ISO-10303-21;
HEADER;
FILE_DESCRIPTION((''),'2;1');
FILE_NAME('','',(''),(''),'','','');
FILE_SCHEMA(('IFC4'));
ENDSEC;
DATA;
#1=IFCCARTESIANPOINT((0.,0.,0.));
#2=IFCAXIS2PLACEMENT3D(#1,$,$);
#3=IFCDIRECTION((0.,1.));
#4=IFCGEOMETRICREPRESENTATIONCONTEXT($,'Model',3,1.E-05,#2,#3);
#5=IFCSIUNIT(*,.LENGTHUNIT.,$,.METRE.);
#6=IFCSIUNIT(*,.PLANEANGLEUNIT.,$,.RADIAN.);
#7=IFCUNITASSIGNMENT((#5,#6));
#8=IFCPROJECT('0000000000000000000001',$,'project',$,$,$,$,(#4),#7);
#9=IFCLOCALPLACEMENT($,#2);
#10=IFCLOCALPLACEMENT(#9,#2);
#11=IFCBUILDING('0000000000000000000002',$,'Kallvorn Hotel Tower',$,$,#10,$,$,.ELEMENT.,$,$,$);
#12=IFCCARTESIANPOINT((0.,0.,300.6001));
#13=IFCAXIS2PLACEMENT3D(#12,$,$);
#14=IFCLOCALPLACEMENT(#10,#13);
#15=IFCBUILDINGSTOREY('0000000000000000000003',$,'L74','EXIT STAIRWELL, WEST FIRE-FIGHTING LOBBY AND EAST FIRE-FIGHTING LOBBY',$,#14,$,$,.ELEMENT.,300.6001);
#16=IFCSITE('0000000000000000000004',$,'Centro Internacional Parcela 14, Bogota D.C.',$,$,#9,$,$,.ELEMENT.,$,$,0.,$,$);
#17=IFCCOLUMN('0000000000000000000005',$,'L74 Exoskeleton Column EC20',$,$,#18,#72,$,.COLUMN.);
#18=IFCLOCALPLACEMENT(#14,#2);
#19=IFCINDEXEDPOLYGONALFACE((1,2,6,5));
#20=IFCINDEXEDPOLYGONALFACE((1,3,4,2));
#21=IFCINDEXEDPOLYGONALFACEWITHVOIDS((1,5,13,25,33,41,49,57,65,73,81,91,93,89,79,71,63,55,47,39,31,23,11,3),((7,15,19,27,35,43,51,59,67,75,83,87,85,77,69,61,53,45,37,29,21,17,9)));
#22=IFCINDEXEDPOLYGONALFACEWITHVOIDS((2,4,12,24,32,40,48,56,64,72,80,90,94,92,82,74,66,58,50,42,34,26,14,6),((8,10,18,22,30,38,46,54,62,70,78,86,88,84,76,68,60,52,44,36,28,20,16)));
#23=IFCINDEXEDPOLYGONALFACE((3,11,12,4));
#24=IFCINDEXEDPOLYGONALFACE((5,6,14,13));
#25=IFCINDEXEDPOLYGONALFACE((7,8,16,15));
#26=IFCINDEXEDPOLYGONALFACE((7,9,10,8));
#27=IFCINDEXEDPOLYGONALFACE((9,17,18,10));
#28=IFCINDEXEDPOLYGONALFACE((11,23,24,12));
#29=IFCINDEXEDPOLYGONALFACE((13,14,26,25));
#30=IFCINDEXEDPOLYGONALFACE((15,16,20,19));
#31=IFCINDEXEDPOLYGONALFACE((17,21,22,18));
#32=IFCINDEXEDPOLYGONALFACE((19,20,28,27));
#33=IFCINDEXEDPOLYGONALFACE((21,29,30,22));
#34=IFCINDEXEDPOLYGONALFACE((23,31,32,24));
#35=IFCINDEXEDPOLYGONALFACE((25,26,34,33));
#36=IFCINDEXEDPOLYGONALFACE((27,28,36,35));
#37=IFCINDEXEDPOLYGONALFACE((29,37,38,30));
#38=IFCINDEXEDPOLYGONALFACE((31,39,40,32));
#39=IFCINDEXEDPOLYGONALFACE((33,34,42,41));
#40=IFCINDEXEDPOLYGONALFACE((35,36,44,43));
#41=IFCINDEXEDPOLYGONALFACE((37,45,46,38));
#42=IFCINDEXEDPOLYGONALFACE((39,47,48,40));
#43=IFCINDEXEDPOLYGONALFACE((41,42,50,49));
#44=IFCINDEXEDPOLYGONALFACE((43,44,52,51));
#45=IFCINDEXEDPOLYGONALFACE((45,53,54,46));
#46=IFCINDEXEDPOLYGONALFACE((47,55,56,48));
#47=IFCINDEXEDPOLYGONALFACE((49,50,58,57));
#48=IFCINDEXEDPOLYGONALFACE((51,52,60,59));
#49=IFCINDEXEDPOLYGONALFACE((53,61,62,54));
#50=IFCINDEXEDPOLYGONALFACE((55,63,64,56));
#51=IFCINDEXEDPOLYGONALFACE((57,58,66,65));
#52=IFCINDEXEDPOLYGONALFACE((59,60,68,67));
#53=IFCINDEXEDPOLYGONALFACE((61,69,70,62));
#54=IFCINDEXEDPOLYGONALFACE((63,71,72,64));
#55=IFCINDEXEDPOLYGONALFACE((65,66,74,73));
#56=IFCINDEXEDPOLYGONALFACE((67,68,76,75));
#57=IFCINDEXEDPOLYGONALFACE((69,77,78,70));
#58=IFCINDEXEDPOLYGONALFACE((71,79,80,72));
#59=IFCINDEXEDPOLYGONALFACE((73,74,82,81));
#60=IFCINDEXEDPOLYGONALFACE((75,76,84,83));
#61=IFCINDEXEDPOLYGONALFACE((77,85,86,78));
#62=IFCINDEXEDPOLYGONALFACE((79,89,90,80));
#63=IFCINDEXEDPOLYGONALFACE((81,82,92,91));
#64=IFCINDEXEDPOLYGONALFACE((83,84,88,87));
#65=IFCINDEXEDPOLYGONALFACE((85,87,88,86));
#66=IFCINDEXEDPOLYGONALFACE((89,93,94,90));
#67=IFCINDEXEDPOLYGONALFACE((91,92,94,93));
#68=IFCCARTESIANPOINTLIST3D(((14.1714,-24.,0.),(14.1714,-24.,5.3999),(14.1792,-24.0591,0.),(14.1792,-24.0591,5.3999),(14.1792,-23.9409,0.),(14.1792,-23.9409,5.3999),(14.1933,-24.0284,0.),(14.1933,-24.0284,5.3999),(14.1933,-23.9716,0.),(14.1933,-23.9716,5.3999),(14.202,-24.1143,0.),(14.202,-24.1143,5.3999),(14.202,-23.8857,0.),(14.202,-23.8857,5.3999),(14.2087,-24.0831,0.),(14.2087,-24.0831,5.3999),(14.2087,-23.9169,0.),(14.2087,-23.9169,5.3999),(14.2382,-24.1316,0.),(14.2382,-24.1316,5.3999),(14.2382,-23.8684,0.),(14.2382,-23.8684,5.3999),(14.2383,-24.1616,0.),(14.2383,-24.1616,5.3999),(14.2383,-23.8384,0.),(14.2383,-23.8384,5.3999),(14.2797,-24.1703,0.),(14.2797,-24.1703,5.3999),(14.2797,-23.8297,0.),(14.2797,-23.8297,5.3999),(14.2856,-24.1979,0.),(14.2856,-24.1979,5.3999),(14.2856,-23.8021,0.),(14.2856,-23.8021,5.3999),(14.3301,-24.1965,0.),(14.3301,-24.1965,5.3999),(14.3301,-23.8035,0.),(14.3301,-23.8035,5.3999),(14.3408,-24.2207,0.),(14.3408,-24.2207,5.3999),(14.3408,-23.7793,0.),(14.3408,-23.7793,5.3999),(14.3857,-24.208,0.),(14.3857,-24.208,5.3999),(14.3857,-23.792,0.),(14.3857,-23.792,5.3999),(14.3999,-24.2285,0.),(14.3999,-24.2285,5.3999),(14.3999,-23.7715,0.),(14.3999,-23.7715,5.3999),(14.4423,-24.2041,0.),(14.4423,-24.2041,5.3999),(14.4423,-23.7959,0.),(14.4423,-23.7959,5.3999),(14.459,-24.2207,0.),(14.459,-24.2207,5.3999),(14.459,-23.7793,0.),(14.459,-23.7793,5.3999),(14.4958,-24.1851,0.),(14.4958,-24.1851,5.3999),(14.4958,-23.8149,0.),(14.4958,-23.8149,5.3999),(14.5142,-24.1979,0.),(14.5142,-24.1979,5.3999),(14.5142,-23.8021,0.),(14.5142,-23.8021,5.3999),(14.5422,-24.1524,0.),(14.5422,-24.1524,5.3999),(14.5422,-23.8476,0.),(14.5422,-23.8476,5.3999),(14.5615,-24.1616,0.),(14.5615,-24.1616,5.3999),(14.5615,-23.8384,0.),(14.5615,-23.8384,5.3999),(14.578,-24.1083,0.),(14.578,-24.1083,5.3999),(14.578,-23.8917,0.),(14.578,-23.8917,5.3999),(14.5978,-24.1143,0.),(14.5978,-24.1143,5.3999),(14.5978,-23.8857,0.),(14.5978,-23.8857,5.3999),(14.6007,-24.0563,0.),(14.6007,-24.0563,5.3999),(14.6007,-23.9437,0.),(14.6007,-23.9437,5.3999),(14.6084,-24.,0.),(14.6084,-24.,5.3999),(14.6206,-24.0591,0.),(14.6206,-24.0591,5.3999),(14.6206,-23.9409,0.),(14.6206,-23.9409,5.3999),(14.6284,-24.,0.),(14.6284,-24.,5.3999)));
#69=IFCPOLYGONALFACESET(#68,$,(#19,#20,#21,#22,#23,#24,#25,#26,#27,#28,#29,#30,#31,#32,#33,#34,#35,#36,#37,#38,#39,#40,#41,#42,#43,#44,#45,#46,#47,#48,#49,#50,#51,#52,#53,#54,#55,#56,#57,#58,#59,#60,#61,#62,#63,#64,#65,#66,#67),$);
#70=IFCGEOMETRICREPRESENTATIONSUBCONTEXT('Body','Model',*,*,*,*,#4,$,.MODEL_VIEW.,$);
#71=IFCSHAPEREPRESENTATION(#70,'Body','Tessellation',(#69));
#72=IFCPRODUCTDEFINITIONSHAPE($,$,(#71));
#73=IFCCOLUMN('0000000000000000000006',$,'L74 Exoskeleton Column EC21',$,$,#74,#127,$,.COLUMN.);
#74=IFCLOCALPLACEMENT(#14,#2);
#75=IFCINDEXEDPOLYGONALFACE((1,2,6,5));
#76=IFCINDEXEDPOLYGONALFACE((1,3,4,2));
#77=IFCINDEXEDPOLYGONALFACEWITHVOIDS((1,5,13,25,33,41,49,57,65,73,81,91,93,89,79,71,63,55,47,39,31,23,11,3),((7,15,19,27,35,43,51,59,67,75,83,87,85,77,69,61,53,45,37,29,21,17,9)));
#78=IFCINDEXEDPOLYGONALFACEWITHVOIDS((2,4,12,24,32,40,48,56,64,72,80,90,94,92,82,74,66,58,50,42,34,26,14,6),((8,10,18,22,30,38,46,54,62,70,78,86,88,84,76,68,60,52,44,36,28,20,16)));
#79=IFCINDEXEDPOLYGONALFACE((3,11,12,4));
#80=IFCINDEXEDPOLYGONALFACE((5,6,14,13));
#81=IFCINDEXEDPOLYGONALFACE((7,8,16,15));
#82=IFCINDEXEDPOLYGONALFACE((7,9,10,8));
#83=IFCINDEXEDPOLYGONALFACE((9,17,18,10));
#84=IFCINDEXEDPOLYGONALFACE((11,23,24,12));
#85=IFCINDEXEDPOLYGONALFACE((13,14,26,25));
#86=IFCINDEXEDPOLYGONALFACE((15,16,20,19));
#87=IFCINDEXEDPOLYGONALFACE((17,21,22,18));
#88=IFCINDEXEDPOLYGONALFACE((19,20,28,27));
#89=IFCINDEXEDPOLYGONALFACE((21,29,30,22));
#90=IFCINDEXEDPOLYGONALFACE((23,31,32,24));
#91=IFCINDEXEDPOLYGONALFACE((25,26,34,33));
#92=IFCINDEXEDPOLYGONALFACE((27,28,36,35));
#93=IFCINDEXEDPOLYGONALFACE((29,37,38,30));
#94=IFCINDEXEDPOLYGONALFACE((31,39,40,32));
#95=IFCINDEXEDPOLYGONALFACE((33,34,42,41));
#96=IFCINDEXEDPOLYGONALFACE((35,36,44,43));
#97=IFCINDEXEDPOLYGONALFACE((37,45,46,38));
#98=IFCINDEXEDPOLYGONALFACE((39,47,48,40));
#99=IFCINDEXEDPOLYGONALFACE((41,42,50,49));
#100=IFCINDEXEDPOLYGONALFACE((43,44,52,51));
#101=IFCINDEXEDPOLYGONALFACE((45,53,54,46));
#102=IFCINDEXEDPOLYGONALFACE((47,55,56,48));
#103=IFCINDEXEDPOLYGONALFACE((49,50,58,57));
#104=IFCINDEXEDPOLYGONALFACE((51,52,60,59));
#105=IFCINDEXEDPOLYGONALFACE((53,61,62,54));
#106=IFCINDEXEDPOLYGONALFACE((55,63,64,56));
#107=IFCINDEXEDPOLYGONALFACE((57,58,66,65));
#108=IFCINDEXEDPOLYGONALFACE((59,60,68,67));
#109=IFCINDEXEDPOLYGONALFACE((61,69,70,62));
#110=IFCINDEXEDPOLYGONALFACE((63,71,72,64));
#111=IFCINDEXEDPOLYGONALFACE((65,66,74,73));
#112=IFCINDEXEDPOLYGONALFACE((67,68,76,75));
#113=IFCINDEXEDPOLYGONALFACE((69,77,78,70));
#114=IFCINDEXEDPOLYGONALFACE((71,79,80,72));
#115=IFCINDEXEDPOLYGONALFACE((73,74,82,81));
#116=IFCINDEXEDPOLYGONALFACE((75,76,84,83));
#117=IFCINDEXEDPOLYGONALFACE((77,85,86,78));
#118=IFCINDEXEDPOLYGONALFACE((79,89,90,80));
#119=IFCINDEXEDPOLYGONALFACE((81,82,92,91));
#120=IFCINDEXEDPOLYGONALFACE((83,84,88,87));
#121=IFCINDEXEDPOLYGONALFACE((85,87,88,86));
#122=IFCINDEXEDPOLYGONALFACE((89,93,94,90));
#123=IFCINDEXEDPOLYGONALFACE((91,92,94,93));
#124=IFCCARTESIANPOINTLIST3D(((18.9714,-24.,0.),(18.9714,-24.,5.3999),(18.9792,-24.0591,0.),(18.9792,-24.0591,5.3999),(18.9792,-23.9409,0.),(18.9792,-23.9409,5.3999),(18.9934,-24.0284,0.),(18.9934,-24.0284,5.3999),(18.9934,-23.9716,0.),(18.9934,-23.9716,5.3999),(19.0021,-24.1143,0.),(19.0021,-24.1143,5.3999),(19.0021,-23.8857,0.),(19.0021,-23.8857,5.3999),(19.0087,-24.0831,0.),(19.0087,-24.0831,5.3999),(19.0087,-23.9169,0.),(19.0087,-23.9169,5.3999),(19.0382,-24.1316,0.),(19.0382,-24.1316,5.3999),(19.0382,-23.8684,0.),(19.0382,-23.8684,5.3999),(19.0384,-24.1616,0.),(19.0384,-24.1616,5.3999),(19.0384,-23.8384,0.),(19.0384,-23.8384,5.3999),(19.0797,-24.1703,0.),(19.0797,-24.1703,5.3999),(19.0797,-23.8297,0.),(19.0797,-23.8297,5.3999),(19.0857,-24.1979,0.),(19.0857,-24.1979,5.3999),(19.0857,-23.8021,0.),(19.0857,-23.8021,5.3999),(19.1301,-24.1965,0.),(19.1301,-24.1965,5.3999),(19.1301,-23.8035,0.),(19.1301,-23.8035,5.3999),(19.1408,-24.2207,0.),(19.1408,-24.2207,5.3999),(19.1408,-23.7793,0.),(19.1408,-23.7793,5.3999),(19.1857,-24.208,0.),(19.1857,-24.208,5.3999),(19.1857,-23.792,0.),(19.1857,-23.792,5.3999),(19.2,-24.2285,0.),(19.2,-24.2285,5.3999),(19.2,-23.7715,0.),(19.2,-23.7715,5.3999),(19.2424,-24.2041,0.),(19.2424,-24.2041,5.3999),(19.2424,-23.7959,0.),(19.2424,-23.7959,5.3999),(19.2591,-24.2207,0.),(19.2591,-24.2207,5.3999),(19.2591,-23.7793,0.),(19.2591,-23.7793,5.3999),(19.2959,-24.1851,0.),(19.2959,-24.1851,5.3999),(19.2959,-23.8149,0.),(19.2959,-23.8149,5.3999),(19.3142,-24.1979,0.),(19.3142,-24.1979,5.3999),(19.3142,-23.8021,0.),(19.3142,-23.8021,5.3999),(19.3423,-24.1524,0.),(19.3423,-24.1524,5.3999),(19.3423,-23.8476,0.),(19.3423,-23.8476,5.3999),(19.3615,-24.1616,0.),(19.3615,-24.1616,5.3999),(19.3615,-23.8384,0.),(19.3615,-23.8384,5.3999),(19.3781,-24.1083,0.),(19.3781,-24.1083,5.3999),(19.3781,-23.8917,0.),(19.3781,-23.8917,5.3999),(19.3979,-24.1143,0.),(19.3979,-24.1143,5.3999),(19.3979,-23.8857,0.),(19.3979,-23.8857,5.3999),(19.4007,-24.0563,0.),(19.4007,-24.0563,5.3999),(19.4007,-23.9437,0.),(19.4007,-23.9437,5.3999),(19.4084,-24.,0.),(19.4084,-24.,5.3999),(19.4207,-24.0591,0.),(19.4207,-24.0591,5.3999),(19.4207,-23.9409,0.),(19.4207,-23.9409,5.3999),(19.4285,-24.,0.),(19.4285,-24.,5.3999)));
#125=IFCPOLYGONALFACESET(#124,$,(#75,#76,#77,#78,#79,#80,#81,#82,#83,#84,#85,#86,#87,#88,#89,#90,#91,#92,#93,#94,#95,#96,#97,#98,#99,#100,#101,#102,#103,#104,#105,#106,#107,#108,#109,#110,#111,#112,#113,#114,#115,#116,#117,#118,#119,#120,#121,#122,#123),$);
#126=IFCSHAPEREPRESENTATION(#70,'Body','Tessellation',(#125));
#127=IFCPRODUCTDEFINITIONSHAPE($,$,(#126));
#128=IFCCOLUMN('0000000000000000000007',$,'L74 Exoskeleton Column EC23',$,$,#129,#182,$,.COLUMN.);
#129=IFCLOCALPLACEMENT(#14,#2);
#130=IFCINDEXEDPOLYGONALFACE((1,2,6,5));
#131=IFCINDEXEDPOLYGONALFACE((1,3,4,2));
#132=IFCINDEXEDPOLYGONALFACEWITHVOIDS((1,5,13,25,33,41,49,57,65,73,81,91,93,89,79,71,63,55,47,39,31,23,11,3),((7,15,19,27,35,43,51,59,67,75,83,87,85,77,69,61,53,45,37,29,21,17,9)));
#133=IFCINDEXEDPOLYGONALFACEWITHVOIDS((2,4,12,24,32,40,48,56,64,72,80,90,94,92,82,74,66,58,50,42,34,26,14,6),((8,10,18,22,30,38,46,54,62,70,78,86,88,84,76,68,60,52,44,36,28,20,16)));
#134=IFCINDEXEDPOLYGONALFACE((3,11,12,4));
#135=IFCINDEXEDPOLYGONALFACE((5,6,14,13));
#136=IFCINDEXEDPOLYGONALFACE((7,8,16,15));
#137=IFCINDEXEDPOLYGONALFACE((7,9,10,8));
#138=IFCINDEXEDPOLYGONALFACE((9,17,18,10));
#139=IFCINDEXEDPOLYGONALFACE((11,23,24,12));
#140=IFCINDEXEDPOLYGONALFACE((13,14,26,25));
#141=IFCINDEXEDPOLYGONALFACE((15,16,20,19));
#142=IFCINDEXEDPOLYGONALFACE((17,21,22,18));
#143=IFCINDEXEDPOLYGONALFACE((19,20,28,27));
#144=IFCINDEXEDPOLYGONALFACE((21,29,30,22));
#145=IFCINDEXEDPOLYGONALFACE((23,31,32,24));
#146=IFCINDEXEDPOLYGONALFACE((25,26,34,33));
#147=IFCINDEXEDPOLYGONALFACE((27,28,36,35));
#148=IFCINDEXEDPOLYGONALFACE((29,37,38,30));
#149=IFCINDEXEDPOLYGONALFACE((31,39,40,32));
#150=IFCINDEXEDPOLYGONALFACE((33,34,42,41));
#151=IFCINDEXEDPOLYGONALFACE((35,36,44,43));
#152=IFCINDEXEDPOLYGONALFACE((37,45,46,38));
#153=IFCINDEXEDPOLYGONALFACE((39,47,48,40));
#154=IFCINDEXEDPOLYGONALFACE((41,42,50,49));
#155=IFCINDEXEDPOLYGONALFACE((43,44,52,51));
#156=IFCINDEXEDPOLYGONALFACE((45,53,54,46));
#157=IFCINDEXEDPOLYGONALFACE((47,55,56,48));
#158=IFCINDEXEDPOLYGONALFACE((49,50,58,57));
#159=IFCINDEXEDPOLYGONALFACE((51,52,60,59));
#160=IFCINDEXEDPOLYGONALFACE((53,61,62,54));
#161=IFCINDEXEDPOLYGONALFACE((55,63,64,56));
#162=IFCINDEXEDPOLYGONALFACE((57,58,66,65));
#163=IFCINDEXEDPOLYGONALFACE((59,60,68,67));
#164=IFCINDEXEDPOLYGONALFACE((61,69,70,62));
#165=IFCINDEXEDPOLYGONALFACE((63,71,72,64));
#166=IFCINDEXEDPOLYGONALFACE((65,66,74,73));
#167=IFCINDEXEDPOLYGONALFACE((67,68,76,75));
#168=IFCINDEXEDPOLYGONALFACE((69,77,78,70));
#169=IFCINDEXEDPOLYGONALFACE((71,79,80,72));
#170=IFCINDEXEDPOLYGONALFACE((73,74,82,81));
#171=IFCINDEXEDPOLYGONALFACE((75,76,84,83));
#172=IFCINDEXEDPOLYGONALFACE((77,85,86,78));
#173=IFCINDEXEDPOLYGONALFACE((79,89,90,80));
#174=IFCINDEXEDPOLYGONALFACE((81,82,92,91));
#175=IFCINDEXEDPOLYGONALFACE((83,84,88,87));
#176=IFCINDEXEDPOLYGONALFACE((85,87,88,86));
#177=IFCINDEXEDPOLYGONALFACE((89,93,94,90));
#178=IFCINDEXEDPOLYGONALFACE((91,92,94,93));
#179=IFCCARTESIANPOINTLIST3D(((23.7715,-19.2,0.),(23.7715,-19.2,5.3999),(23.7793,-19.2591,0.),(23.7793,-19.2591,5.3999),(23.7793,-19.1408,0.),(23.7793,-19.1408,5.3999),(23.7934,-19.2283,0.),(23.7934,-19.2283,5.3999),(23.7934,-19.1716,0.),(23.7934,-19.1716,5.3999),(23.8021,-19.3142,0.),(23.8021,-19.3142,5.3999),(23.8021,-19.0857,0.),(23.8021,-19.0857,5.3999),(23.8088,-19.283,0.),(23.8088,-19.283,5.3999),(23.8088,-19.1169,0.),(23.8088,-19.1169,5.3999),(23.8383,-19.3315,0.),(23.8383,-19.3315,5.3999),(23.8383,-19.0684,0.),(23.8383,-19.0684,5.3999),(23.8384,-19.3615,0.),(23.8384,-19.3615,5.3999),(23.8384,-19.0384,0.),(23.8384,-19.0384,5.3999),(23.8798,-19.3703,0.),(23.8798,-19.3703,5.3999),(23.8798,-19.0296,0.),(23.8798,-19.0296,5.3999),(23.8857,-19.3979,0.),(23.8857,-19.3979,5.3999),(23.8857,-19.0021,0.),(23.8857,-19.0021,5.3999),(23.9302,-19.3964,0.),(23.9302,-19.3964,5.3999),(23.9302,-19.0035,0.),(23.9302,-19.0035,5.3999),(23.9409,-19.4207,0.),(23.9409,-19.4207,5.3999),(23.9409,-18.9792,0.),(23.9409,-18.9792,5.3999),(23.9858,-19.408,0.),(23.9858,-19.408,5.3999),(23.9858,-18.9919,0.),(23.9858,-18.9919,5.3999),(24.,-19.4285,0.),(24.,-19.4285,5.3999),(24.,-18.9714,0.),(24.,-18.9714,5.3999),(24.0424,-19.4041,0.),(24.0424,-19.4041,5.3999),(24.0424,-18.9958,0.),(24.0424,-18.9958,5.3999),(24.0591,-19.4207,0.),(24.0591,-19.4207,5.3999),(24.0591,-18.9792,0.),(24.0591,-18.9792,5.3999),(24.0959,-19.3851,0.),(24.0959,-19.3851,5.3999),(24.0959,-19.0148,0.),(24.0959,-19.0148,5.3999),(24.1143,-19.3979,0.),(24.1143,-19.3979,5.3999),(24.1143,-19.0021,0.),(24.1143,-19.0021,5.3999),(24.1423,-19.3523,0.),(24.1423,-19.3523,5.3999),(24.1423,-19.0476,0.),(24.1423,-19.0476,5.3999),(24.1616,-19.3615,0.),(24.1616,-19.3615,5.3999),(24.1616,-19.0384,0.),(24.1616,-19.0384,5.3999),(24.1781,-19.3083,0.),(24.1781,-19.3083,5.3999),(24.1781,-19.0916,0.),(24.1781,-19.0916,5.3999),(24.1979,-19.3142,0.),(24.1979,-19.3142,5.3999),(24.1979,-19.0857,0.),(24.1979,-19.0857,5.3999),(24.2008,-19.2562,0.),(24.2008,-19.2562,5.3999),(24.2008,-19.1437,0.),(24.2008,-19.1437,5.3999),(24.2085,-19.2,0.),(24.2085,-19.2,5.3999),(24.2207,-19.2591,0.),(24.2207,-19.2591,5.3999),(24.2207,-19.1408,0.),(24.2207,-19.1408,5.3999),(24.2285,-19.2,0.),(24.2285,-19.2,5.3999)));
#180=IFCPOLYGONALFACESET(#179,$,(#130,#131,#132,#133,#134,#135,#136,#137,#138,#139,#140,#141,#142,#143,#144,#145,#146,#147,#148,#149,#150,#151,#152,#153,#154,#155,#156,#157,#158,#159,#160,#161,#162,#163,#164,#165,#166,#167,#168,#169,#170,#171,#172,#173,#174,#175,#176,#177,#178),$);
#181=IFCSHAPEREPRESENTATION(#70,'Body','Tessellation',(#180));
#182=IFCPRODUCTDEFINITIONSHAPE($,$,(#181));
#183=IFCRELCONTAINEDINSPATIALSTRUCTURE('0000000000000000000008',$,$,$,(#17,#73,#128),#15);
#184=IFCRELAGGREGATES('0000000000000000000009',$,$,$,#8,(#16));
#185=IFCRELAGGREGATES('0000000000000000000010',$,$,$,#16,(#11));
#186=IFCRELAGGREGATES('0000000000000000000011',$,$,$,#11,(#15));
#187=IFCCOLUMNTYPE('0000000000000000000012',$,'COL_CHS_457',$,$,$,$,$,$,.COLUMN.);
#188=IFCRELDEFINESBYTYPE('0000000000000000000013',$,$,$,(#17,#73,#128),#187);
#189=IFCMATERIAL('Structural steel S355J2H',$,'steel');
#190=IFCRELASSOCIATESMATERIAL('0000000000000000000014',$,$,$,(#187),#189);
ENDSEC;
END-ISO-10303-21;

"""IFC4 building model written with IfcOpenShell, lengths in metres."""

from ifc_helpers import new_model, si_unit, direction, frame, origin, origin_2d, place, context, subcontext, project, spatial, hollow_circle, extrude, material, material_profile, profile_set, type_object, element, save


model = new_model("IFC4")

# Units and contexts
model_context = context("Model", 3, precision=1e-05, world=origin(), true_north=direction((0.0, 1.0)))
body_context = subcontext(model_context, "Body", "Model", "MODEL_VIEW")
ifc_project = project(units=[si_unit("LENGTHUNIT", "METRE"), si_unit("PLANEANGLEUNIT", "RADIAN")], contexts=[model_context])

# Site, building, storey
site_placement = place(None, origin())
site = spatial("IfcSite", under=ifc_project, at=site_placement, Name="Centro Internacional Parcela 14, Bogota D.C.", CompositionType="ELEMENT", RefElevation=0.0)
building_placement = place(site_placement, origin())
building = spatial("IfcBuilding", under=site, at=building_placement, Name="Kallvorn Hotel Tower", CompositionType="ELEMENT")
storey_placement = place(building_placement, frame((0.0, 0.0, 300.6001)))
storey = spatial("IfcBuildingStorey", under=building, at=storey_placement, Name="L74", Description="EXIT STAIRWELL, WEST FIRE-FIGHTING LOBBY AND EAST FIRE-FIGHTING LOBBY", CompositionType="ELEMENT", Elevation=300.6001)

# Columns
ifc_material_1 = material(Name="Structural steel S355J2H", Category="steel")
ifc_material_profile_1 = material_profile(ifc_material_1, hollow_circle(Radius=0.2285, WallThickness=0.02, at=origin_2d()), Name="CHS 457x20")
ifc_profile_set_1 = profile_set([ifc_material_profile_1], Name="Structural steel S355J2H")
column_type_1 = type_object("IfcColumnType", Name="COL_CHS_457", PredefinedType="COLUMN", material=ifc_profile_set_1)
for number, where, z_axis, x_axis, name in (
    (1, (14.3999, -24.0, 0.0), (0.0, 0.0, 1.0), (1.0, 0.0, 0.0), "L74 Exoskeleton Column EC20"),
    (2, (19.2, -24.0, 0.0), (0.0, 0.0, 1.0), (1.0, 0.0, 0.0), "L74 Exoskeleton Column EC21"),
    (3, (24.0, -19.2, 0.0), (0.0, 0.0, 1.0), (1.0, 0.0, 0.0), "L74 Exoskeleton Column EC23"),
):
    element("IfcColumn", number, at=place(storey_placement, frame(where, z_axis=z_axis, x_axis=x_axis)), inside=storey, type_object=column_type_1, Name=name, PredefinedType="COLUMN", context=body_context, shape_type="SweptSolid", body=[
        extrude(hollow_circle(Radius=0.2285, WallThickness=0.02, at=origin_2d()), origin(), (0.0, 0.0, 1.0), 5.3999),
    ])

save(model, "model.ifc")
